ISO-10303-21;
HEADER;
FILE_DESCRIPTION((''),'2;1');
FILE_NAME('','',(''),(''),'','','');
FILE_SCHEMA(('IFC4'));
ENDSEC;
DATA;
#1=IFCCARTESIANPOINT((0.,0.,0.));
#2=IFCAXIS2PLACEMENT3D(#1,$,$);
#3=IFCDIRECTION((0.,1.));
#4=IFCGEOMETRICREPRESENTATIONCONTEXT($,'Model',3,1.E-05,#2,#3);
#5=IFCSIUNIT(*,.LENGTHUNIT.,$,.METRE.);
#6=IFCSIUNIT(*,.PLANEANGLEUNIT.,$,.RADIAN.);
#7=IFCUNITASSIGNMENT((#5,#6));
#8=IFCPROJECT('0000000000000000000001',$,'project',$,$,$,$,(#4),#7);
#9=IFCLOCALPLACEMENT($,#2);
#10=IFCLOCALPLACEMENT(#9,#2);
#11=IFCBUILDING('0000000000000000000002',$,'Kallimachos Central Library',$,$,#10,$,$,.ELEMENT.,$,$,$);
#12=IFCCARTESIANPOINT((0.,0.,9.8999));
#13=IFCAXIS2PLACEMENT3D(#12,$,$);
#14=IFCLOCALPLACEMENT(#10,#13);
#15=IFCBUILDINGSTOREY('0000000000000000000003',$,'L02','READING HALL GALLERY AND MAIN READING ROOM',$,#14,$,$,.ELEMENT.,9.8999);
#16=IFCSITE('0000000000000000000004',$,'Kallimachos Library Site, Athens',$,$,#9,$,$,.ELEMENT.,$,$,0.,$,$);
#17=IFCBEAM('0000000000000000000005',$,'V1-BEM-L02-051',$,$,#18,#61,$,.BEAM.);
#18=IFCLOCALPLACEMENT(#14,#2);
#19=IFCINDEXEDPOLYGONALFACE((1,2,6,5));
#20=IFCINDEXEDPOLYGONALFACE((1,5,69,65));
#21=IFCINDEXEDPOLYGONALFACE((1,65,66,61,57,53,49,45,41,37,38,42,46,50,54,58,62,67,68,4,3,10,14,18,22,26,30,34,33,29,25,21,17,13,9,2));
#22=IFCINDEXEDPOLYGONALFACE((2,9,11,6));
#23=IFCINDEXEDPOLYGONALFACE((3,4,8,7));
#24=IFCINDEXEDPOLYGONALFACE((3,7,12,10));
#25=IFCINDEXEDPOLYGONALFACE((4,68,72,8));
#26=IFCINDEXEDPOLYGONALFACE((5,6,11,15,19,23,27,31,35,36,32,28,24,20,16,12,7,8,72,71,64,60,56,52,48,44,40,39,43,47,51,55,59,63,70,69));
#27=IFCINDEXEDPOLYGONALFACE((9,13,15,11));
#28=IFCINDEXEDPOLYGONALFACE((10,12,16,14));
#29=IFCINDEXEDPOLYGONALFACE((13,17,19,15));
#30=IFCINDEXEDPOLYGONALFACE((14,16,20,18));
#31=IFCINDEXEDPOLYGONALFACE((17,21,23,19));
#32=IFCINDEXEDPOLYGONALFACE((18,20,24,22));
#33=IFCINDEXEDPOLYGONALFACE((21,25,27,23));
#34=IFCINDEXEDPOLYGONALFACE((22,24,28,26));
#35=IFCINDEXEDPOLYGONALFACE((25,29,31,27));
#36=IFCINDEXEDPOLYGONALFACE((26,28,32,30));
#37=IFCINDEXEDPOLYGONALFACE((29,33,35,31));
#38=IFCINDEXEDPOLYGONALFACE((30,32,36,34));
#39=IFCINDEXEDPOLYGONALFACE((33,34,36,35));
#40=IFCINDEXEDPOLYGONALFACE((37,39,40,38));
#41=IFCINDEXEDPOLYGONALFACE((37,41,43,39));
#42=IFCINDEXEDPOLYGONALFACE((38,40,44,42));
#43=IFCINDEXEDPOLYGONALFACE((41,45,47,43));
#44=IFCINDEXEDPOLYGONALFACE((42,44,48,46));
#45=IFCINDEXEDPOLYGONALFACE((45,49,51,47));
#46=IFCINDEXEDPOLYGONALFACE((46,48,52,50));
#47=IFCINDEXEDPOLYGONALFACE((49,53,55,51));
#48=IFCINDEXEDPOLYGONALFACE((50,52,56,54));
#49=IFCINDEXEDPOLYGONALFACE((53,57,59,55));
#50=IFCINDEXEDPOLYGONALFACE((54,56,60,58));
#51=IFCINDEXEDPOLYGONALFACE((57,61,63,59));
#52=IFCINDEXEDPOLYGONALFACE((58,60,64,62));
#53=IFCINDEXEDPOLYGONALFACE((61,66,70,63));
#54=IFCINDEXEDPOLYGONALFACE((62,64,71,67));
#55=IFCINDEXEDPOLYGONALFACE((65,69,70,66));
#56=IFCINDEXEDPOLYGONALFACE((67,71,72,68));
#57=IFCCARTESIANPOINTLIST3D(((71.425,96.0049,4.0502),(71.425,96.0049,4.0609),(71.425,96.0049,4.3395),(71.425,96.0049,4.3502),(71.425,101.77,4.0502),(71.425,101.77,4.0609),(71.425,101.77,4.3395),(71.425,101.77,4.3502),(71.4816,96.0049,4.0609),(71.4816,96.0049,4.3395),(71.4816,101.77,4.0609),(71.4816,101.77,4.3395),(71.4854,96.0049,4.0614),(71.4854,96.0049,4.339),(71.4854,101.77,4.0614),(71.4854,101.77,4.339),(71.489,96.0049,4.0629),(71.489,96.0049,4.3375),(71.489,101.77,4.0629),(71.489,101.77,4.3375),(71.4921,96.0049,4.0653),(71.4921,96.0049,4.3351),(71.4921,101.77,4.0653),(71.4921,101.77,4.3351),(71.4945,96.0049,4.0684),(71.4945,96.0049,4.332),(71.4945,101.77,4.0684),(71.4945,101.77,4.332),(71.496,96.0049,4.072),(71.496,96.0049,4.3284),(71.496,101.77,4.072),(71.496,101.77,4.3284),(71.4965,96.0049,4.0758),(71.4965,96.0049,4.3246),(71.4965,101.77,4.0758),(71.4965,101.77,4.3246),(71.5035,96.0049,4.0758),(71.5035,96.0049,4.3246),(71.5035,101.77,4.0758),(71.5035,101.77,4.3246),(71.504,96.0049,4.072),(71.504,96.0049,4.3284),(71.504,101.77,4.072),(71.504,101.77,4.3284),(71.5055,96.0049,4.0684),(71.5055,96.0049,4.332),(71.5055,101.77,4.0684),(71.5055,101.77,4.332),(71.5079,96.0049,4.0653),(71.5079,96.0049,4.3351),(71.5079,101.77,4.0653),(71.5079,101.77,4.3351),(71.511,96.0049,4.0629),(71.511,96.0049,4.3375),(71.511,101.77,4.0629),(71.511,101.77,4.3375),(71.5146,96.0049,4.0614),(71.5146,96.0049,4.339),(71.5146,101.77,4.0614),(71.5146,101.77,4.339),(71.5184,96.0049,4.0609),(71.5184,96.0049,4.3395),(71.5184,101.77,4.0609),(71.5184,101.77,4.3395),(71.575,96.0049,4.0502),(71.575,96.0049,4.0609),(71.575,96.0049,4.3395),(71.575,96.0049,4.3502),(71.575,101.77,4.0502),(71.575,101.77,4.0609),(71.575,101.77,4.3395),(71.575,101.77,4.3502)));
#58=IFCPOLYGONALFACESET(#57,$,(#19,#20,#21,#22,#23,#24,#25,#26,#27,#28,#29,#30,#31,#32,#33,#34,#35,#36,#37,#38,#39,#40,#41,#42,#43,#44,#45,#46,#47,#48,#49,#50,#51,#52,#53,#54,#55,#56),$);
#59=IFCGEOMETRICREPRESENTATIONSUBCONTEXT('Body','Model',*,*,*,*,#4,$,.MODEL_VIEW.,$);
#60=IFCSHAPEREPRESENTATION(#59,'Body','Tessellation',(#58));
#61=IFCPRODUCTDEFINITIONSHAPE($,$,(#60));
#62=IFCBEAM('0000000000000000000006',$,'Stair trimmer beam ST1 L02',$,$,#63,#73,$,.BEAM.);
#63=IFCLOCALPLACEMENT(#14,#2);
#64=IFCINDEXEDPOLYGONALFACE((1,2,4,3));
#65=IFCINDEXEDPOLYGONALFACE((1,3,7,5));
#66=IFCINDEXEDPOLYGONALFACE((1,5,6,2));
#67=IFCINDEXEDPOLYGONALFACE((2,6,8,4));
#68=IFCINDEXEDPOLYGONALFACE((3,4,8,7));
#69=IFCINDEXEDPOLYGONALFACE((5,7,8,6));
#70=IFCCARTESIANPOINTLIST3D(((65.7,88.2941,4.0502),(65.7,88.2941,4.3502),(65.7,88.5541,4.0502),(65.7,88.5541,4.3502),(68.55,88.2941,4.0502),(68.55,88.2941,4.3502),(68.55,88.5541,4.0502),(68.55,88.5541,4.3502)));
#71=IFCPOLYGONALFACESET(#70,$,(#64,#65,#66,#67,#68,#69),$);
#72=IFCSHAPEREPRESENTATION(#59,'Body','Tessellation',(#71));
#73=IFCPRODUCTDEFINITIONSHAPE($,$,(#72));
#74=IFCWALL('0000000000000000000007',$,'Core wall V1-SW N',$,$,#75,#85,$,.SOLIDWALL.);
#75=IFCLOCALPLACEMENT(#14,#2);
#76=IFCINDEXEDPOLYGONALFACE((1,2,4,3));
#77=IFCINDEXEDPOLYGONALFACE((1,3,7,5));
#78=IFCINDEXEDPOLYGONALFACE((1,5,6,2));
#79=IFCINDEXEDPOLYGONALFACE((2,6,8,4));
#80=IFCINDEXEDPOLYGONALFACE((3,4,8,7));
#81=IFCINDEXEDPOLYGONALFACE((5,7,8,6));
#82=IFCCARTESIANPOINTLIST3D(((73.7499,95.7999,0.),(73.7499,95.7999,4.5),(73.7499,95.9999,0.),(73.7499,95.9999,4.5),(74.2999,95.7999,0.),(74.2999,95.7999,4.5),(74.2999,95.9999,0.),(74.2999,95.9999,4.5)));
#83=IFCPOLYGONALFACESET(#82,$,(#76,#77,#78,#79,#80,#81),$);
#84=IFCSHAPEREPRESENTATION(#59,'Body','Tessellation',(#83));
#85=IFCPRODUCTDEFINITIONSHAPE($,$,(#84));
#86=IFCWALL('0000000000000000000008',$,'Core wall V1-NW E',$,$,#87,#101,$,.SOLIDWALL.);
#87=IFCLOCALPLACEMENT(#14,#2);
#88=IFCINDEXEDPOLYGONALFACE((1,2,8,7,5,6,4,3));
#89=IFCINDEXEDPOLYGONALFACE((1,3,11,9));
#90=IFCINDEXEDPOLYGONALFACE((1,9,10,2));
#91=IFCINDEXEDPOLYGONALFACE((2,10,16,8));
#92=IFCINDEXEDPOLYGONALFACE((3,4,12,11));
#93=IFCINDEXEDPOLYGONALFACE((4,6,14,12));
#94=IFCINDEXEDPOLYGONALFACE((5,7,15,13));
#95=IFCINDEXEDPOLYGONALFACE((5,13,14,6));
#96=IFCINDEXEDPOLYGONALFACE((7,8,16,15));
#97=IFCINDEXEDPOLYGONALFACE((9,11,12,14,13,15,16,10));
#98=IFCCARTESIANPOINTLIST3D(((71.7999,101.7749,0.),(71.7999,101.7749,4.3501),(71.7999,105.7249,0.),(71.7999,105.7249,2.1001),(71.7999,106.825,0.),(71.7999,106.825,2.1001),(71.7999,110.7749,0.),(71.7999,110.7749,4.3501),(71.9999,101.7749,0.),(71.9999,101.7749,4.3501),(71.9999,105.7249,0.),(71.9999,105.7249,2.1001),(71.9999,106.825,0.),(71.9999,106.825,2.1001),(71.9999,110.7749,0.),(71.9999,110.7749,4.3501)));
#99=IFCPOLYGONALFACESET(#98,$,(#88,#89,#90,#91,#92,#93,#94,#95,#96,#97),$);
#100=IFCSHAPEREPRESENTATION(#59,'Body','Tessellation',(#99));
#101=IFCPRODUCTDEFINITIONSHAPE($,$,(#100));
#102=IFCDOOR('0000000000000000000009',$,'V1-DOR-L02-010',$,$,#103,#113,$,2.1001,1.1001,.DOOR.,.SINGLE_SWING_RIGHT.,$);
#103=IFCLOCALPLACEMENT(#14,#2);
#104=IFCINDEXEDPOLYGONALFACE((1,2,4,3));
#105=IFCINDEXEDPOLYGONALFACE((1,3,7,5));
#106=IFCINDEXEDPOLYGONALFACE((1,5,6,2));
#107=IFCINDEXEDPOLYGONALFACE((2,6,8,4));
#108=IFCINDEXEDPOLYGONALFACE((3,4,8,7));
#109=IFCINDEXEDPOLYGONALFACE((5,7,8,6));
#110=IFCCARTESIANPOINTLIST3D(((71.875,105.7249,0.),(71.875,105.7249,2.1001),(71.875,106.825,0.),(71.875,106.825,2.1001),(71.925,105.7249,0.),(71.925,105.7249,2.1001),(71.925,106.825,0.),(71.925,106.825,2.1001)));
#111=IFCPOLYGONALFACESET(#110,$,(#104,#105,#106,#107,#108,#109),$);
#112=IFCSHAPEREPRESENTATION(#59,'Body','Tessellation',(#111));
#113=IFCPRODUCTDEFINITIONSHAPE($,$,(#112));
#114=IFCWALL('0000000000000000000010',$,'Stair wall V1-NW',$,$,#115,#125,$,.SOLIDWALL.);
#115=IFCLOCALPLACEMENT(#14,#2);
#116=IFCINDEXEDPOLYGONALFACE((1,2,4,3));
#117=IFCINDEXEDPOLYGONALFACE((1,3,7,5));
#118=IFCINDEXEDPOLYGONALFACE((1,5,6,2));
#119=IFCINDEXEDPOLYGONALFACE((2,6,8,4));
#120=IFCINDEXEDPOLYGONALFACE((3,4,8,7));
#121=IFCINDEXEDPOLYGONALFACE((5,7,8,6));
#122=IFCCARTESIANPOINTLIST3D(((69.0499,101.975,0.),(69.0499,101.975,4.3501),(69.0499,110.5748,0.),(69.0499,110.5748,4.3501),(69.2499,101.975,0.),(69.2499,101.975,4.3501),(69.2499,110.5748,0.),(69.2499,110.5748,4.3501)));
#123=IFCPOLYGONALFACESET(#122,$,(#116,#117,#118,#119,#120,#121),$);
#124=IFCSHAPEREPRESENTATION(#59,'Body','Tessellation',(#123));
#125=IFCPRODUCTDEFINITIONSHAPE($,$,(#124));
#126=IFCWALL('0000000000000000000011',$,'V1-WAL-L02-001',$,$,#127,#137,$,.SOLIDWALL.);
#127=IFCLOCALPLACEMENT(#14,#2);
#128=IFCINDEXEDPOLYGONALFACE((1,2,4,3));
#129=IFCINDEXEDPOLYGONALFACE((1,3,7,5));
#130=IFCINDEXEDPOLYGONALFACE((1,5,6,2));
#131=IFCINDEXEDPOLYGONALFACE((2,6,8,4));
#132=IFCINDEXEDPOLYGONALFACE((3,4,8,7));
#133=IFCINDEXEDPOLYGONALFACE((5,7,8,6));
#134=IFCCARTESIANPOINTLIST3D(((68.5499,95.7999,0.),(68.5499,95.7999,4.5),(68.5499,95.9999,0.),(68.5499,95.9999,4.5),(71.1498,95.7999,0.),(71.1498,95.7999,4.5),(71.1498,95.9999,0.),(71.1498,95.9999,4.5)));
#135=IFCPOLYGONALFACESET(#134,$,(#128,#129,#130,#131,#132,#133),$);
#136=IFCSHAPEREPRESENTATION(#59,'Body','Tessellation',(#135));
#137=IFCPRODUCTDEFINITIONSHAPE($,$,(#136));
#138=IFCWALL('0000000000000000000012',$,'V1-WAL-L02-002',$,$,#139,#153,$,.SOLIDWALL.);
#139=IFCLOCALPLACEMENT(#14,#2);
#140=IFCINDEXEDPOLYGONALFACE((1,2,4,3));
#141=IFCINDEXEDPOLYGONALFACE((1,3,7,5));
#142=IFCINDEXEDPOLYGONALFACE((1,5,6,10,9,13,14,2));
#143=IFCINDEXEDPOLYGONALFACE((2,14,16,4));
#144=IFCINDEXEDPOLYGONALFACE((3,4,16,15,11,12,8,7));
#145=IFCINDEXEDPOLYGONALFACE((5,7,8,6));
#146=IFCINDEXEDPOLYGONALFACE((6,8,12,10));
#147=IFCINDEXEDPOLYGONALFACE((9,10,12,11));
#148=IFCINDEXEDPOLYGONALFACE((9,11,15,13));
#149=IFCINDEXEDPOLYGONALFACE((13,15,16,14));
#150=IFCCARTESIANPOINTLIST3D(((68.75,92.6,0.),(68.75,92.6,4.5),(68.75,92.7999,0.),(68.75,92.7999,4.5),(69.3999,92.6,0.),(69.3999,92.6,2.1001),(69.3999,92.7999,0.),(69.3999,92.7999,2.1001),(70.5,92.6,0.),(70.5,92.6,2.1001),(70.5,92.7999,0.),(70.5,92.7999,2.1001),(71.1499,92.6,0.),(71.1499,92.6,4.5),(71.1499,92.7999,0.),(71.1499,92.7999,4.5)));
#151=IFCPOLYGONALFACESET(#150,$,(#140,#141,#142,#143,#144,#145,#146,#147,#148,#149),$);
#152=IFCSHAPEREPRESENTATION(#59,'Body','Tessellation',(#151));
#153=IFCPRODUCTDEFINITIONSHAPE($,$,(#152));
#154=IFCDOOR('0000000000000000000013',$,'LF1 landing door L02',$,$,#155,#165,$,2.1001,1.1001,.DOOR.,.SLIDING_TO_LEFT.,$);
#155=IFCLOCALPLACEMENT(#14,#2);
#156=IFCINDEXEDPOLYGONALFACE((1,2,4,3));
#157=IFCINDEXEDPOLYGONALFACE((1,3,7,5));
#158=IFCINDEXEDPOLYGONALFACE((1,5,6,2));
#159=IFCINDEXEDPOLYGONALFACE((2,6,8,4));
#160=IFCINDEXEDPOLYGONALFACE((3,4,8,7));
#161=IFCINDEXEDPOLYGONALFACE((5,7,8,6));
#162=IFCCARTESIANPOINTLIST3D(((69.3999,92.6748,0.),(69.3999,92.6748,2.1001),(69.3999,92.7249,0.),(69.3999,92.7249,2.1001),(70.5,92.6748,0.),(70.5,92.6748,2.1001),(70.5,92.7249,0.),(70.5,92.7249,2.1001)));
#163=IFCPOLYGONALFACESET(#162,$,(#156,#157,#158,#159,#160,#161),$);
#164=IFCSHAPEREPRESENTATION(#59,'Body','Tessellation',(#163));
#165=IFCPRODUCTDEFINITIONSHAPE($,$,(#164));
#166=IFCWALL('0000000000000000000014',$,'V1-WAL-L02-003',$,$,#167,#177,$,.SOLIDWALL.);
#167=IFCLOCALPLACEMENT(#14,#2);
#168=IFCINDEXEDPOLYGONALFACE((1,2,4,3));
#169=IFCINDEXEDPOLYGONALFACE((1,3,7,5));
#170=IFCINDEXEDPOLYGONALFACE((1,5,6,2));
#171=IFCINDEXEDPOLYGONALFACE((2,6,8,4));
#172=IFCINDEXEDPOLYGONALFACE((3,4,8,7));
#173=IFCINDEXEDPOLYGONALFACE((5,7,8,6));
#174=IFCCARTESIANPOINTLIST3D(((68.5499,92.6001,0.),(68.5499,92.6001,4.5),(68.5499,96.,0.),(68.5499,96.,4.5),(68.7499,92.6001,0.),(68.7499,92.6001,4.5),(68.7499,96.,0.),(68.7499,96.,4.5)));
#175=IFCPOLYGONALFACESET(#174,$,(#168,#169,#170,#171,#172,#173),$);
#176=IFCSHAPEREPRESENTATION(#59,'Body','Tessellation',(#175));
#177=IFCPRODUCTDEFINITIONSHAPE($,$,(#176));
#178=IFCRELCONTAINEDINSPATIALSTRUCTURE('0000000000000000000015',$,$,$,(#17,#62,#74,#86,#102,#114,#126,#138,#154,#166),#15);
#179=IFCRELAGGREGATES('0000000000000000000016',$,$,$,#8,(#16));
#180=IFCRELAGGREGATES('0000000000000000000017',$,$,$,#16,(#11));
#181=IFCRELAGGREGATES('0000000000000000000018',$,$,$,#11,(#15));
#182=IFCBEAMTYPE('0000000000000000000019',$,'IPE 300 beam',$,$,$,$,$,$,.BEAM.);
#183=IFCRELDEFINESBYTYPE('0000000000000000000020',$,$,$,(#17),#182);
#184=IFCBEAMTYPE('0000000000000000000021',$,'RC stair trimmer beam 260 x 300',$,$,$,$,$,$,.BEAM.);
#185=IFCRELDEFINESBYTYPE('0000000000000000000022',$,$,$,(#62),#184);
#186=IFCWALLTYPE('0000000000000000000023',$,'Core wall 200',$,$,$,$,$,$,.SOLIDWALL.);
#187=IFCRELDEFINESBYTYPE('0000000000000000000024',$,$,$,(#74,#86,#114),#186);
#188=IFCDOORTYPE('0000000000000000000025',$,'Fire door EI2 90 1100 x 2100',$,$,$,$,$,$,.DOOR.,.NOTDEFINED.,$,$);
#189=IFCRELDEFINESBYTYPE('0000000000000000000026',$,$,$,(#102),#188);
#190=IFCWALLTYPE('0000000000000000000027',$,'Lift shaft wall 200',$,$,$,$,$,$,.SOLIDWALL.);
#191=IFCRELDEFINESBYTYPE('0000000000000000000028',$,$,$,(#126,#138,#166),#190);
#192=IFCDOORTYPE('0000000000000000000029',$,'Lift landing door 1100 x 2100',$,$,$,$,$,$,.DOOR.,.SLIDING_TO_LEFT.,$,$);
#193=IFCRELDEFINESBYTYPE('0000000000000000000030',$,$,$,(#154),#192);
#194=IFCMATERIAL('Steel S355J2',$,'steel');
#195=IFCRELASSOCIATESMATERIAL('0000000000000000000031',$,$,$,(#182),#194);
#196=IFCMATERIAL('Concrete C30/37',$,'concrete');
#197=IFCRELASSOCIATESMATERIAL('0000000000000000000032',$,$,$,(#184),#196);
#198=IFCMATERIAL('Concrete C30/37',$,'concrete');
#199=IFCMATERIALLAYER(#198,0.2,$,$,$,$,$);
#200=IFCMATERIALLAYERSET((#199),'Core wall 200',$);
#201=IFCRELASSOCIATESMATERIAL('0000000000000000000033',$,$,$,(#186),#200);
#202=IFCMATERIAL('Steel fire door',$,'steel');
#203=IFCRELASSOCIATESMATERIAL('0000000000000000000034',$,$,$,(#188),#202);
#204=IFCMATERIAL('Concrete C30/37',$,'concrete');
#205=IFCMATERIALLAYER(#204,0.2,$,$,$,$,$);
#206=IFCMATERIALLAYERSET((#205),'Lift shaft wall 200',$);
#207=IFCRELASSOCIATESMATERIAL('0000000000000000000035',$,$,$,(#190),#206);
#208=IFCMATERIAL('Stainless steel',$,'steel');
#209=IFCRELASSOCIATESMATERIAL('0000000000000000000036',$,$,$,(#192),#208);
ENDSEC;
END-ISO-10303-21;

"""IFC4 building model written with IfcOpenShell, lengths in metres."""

from ifc_helpers import new_model, si_unit, direction, frame, frame_2d, origin, origin_2d, place, context, subcontext, project, spatial, rectangle, i_section, extrude, material, layer, layer_set, material_profile, profile_set, type_object, element, fill, save


model = new_model("IFC4")

# Units and contexts
model_context = context("Model", 3, precision=1e-05, world=origin(), true_north=direction((0.0, 1.0)))
body_context = subcontext(model_context, "Body", "Model", "MODEL_VIEW")
ifc_project = project(units=[si_unit("LENGTHUNIT", "METRE"), si_unit("PLANEANGLEUNIT", "RADIAN")], contexts=[model_context])

# Site, building, storey
site_placement = place(None, origin())
site = spatial("IfcSite", under=ifc_project, at=site_placement, Name="Kallimachos Library Site, Athens", CompositionType="ELEMENT", RefElevation=0.0)
building_placement = place(site_placement, origin())
building = spatial("IfcBuilding", under=site, at=building_placement, Name="Kallimachos Central Library", CompositionType="ELEMENT")
storey_placement = place(building_placement, frame((0.0, 0.0, 9.8999)))
storey = spatial("IfcBuildingStorey", under=building, at=storey_placement, Name="L02", Description="READING HALL GALLERY AND MAIN READING ROOM", CompositionType="ELEMENT", Elevation=9.8999)

# Beams
ifc_material_1 = material(Name="Steel S355J2", Category="steel")
ifc_material_profile_1 = material_profile(ifc_material_1, i_section(OverallWidth=0.1499, OverallDepth=0.3, WebThickness=0.0071, FlangeThickness=0.0107, FilletRadius=0.0149, at=origin_2d()), Name="IPE 300")
ifc_profile_set_1 = profile_set([ifc_material_profile_1], Name="Steel S355J2")
beam_type_1 = type_object("IfcBeamType", Name="IPE 300 beam", PredefinedType="BEAM", material=ifc_profile_set_1)
for number, where, z_axis, x_axis, name in (
    (1, (71.5, 96.0049, 4.2002), (0.0, 1.0, 0.0), (-1.0, 0.0, 0.0), "V1-BEM-L02-051"),
):
    element("IfcBeam", number, at=place(storey_placement, frame(where, z_axis=z_axis, x_axis=x_axis)), inside=storey, type_object=beam_type_1, Name=name, PredefinedType="BEAM", context=body_context, shape_type="SweptSolid", body=[
        extrude(i_section(OverallWidth=0.1499, OverallDepth=0.3, WebThickness=0.0071, FlangeThickness=0.0107, FilletRadius=0.0149, at=origin_2d()), origin(), (0.0, 0.0, 1.0), 5.7651),
    ])
ifc_material_2 = material(Name="Concrete C30/37", Category="concrete")
ifc_material_profile_2 = material_profile(ifc_material_2, rectangle(XDim=0.26, YDim=0.3, at=origin_2d()), Name="RC stair trimmer beam 260 x 300")
ifc_profile_set_2 = profile_set([ifc_material_profile_2], Name="Concrete C30/37")
beam_type_2 = type_object("IfcBeamType", Name="RC stair trimmer beam 260 x 300", PredefinedType="BEAM", material=ifc_profile_set_2)
beam_1_placement = place(storey_placement, frame((68.55, 88.4241, 4.2002), z_axis=(-1.0, 0.0, 0.0), x_axis=(0.0, -1.0, 0.0)))
element("IfcBeam", 2, at=beam_1_placement, inside=storey, type_object=beam_type_2, Name="Stair trimmer beam ST1 L02", PredefinedType="BEAM", context=body_context, shape_type="SweptSolid", body=[
    extrude(rectangle(XDim=0.26, YDim=0.3, at=origin_2d()), origin(), (0.0, 0.0, 1.0), 2.8501),
])

# Wall
ifc_material_3 = material(Name="Concrete C30/37", Category="concrete")
ifc_layer_1 = layer(ifc_material_3, 0.2)
ifc_layer_set_1 = layer_set([ifc_layer_1], Name="Core wall 200")
wall_type_1 = type_object("IfcWallType", Name="Core wall 200", PredefinedType="SOLIDWALL", material=ifc_layer_set_1)
wall_1_placement = place(storey_placement, frame((73.75, 95.8999, 0.0), z_axis=(0.0, 0.0, 1.0), x_axis=(1.0, 0.0, 0.0)))
element("IfcWall", 3, at=wall_1_placement, inside=storey, type_object=wall_type_1, Name="Core wall V1-SW N", PredefinedType="SOLIDWALL", context=body_context, shape_type="SweptSolid", body=[
    extrude(rectangle(XDim=0.55, YDim=0.2, at=frame_2d((0.2749, 0.0))), origin(), (0.0, 0.0, 1.0), 4.5),
])

# Wall, opening, door
wall_2_placement = place(storey_placement, frame((71.8999, 101.7749, 0.0), z_axis=(0.0, 0.0, 1.0), x_axis=(0.0, 1.0, 0.0)))
wall_2 = element("IfcWall", 4, at=wall_2_placement, inside=storey, type_object=wall_type_1, Name="Core wall V1-NW E", PredefinedType="SOLIDWALL", context=body_context, shape_type="SweptSolid", body=[
    extrude(rectangle(XDim=9.0, YDim=0.2, at=frame_2d((4.5, 0.0))), origin(), (0.0, 0.0, 1.0), 4.3501),
])
opening_1_placement = place(wall_2_placement, frame((3.95, 0.0, 0.0)))
opening_1 = element("IfcOpeningElement", 5, at=opening_1_placement, cuts=wall_2, PredefinedType="OPENING", context=body_context, shape_type="SweptSolid", body=[
    extrude(rectangle(XDim=1.1001, YDim=2.1001, at=frame_2d((0.55, 1.05))), frame((0.0, 0.1099, 0.0), z_axis=(0.0, -1.0, 0.0), x_axis=(1.0, 0.0, 0.0)), (0.0, 0.0, 1.0), 0.22),
])
ifc_material_4 = material(Name="Steel fire door", Category="steel")
door_type_1 = type_object("IfcDoorType", Name="Fire door EI2 90 1100 x 2100", OperationType="NOTDEFINED", PredefinedType="DOOR", material=ifc_material_4)
door_1_placement = place(opening_1_placement, origin())
door_1 = element("IfcDoor", 6, at=door_1_placement, inside=storey, type_object=door_type_1, Name="V1-DOR-L02-010", OperationType="SINGLE_SWING_RIGHT", OverallHeight=2.1001, OverallWidth=1.1001, PredefinedType="DOOR", context=body_context, shape_type="SweptSolid", body=[
    extrude(rectangle(XDim=1.1001, YDim=2.1001, at=frame_2d((0.55, 1.05))), frame((0.0, 0.0249, 0.0), z_axis=(0.0, -1.0, 0.0), x_axis=(1.0, 0.0, 0.0)), (0.0, 0.0, 1.0), 0.05),
])
fill(opening_1, door_1)

# Walls
wall_3_placement = place(storey_placement, frame((69.1499, 101.9751, 0.0), z_axis=(0.0, 0.0, 1.0), x_axis=(0.0, 1.0, 0.0)))
element("IfcWall", 7, at=wall_3_placement, inside=storey, type_object=wall_type_1, Name="Stair wall V1-NW", PredefinedType="SOLIDWALL", context=body_context, shape_type="SweptSolid", body=[
    extrude(rectangle(XDim=8.5999, YDim=0.2, at=frame_2d((4.2998, 0.0))), origin(), (0.0, 0.0, 1.0), 4.3501),
])
ifc_material_5 = material(Name="Concrete C30/37", Category="concrete")
ifc_layer_2 = layer(ifc_material_5, 0.2)
ifc_layer_set_2 = layer_set([ifc_layer_2], Name="Lift shaft wall 200")
wall_type_2 = type_object("IfcWallType", Name="Lift shaft wall 200", PredefinedType="SOLIDWALL", material=ifc_layer_set_2)
wall_4_placement = place(storey_placement, frame((68.55, 95.8999, 0.0), z_axis=(0.0, 0.0, 1.0), x_axis=(1.0, 0.0, 0.0)))
element("IfcWall", 8, at=wall_4_placement, inside=storey, type_object=wall_type_2, Name="V1-WAL-L02-001", PredefinedType="SOLIDWALL", context=body_context, shape_type="SweptSolid", body=[
    extrude(rectangle(XDim=2.5999, YDim=0.2, at=frame_2d((1.2998, 0.0))), origin(), (0.0, 0.0, 1.0), 4.5),
])

# Wall, opening, door
wall_5_placement = place(storey_placement, frame((68.75, 92.7, 0.0), z_axis=(0.0, 0.0, 1.0), x_axis=(1.0, 0.0, 0.0)))
wall_5 = element("IfcWall", 9, at=wall_5_placement, inside=storey, type_object=wall_type_2, Name="V1-WAL-L02-002", PredefinedType="SOLIDWALL", context=body_context, shape_type="SweptSolid", body=[
    extrude(rectangle(XDim=2.3999, YDim=0.2, at=frame_2d((1.2, 0.0))), origin(), (0.0, 0.0, 1.0), 4.5),
])
opening_2_placement = place(wall_5_placement, frame((0.6499, 0.0, 0.0)))
opening_2 = element("IfcOpeningElement", 10, at=opening_2_placement, cuts=wall_5, PredefinedType="OPENING", context=body_context, shape_type="SweptSolid", body=[
    extrude(rectangle(XDim=1.1001, YDim=2.1001, at=frame_2d((0.55, 1.05))), frame((0.0, 0.1099, 0.0), z_axis=(0.0, -1.0, 0.0), x_axis=(1.0, 0.0, 0.0)), (0.0, 0.0, 1.0), 0.22),
])
ifc_material_6 = material(Name="Stainless steel", Category="steel")
door_type_2 = type_object("IfcDoorType", Name="Lift landing door 1100 x 2100", OperationType="SLIDING_TO_LEFT", PredefinedType="DOOR", material=ifc_material_6)
door_2_placement = place(opening_2_placement, origin())
door_2 = element("IfcDoor", 11, at=door_2_placement, inside=storey, type_object=door_type_2, Name="LF1 landing door L02", OperationType="SLIDING_TO_LEFT", OverallHeight=2.1001, OverallWidth=1.1001, PredefinedType="DOOR", context=body_context, shape_type="SweptSolid", body=[
    extrude(rectangle(XDim=1.1001, YDim=2.1001, at=frame_2d((0.55, 1.05))), frame((0.0, 0.0249, 0.0), z_axis=(0.0, -1.0, 0.0), x_axis=(1.0, 0.0, 0.0)), (0.0, 0.0, 1.0), 0.05),
])
fill(opening_2, door_2)

# Wall
for number, where, z_axis, x_axis, name in (
    (12, (68.6499, 92.6001, 0.0), (0.0, 0.0, 1.0), (0.0, 1.0, 0.0), "V1-WAL-L02-003"),
):
    element("IfcWall", number, at=place(storey_placement, frame(where, z_axis=z_axis, x_axis=x_axis)), inside=storey, type_object=wall_type_2, Name=name, PredefinedType="SOLIDWALL", context=body_context, shape_type="SweptSolid", body=[
        extrude(rectangle(XDim=3.3999, YDim=0.2, at=frame_2d((1.7, 0.0))), origin(), (0.0, 0.0, 1.0), 4.5),
    ])

save(model, "model.ifc")
